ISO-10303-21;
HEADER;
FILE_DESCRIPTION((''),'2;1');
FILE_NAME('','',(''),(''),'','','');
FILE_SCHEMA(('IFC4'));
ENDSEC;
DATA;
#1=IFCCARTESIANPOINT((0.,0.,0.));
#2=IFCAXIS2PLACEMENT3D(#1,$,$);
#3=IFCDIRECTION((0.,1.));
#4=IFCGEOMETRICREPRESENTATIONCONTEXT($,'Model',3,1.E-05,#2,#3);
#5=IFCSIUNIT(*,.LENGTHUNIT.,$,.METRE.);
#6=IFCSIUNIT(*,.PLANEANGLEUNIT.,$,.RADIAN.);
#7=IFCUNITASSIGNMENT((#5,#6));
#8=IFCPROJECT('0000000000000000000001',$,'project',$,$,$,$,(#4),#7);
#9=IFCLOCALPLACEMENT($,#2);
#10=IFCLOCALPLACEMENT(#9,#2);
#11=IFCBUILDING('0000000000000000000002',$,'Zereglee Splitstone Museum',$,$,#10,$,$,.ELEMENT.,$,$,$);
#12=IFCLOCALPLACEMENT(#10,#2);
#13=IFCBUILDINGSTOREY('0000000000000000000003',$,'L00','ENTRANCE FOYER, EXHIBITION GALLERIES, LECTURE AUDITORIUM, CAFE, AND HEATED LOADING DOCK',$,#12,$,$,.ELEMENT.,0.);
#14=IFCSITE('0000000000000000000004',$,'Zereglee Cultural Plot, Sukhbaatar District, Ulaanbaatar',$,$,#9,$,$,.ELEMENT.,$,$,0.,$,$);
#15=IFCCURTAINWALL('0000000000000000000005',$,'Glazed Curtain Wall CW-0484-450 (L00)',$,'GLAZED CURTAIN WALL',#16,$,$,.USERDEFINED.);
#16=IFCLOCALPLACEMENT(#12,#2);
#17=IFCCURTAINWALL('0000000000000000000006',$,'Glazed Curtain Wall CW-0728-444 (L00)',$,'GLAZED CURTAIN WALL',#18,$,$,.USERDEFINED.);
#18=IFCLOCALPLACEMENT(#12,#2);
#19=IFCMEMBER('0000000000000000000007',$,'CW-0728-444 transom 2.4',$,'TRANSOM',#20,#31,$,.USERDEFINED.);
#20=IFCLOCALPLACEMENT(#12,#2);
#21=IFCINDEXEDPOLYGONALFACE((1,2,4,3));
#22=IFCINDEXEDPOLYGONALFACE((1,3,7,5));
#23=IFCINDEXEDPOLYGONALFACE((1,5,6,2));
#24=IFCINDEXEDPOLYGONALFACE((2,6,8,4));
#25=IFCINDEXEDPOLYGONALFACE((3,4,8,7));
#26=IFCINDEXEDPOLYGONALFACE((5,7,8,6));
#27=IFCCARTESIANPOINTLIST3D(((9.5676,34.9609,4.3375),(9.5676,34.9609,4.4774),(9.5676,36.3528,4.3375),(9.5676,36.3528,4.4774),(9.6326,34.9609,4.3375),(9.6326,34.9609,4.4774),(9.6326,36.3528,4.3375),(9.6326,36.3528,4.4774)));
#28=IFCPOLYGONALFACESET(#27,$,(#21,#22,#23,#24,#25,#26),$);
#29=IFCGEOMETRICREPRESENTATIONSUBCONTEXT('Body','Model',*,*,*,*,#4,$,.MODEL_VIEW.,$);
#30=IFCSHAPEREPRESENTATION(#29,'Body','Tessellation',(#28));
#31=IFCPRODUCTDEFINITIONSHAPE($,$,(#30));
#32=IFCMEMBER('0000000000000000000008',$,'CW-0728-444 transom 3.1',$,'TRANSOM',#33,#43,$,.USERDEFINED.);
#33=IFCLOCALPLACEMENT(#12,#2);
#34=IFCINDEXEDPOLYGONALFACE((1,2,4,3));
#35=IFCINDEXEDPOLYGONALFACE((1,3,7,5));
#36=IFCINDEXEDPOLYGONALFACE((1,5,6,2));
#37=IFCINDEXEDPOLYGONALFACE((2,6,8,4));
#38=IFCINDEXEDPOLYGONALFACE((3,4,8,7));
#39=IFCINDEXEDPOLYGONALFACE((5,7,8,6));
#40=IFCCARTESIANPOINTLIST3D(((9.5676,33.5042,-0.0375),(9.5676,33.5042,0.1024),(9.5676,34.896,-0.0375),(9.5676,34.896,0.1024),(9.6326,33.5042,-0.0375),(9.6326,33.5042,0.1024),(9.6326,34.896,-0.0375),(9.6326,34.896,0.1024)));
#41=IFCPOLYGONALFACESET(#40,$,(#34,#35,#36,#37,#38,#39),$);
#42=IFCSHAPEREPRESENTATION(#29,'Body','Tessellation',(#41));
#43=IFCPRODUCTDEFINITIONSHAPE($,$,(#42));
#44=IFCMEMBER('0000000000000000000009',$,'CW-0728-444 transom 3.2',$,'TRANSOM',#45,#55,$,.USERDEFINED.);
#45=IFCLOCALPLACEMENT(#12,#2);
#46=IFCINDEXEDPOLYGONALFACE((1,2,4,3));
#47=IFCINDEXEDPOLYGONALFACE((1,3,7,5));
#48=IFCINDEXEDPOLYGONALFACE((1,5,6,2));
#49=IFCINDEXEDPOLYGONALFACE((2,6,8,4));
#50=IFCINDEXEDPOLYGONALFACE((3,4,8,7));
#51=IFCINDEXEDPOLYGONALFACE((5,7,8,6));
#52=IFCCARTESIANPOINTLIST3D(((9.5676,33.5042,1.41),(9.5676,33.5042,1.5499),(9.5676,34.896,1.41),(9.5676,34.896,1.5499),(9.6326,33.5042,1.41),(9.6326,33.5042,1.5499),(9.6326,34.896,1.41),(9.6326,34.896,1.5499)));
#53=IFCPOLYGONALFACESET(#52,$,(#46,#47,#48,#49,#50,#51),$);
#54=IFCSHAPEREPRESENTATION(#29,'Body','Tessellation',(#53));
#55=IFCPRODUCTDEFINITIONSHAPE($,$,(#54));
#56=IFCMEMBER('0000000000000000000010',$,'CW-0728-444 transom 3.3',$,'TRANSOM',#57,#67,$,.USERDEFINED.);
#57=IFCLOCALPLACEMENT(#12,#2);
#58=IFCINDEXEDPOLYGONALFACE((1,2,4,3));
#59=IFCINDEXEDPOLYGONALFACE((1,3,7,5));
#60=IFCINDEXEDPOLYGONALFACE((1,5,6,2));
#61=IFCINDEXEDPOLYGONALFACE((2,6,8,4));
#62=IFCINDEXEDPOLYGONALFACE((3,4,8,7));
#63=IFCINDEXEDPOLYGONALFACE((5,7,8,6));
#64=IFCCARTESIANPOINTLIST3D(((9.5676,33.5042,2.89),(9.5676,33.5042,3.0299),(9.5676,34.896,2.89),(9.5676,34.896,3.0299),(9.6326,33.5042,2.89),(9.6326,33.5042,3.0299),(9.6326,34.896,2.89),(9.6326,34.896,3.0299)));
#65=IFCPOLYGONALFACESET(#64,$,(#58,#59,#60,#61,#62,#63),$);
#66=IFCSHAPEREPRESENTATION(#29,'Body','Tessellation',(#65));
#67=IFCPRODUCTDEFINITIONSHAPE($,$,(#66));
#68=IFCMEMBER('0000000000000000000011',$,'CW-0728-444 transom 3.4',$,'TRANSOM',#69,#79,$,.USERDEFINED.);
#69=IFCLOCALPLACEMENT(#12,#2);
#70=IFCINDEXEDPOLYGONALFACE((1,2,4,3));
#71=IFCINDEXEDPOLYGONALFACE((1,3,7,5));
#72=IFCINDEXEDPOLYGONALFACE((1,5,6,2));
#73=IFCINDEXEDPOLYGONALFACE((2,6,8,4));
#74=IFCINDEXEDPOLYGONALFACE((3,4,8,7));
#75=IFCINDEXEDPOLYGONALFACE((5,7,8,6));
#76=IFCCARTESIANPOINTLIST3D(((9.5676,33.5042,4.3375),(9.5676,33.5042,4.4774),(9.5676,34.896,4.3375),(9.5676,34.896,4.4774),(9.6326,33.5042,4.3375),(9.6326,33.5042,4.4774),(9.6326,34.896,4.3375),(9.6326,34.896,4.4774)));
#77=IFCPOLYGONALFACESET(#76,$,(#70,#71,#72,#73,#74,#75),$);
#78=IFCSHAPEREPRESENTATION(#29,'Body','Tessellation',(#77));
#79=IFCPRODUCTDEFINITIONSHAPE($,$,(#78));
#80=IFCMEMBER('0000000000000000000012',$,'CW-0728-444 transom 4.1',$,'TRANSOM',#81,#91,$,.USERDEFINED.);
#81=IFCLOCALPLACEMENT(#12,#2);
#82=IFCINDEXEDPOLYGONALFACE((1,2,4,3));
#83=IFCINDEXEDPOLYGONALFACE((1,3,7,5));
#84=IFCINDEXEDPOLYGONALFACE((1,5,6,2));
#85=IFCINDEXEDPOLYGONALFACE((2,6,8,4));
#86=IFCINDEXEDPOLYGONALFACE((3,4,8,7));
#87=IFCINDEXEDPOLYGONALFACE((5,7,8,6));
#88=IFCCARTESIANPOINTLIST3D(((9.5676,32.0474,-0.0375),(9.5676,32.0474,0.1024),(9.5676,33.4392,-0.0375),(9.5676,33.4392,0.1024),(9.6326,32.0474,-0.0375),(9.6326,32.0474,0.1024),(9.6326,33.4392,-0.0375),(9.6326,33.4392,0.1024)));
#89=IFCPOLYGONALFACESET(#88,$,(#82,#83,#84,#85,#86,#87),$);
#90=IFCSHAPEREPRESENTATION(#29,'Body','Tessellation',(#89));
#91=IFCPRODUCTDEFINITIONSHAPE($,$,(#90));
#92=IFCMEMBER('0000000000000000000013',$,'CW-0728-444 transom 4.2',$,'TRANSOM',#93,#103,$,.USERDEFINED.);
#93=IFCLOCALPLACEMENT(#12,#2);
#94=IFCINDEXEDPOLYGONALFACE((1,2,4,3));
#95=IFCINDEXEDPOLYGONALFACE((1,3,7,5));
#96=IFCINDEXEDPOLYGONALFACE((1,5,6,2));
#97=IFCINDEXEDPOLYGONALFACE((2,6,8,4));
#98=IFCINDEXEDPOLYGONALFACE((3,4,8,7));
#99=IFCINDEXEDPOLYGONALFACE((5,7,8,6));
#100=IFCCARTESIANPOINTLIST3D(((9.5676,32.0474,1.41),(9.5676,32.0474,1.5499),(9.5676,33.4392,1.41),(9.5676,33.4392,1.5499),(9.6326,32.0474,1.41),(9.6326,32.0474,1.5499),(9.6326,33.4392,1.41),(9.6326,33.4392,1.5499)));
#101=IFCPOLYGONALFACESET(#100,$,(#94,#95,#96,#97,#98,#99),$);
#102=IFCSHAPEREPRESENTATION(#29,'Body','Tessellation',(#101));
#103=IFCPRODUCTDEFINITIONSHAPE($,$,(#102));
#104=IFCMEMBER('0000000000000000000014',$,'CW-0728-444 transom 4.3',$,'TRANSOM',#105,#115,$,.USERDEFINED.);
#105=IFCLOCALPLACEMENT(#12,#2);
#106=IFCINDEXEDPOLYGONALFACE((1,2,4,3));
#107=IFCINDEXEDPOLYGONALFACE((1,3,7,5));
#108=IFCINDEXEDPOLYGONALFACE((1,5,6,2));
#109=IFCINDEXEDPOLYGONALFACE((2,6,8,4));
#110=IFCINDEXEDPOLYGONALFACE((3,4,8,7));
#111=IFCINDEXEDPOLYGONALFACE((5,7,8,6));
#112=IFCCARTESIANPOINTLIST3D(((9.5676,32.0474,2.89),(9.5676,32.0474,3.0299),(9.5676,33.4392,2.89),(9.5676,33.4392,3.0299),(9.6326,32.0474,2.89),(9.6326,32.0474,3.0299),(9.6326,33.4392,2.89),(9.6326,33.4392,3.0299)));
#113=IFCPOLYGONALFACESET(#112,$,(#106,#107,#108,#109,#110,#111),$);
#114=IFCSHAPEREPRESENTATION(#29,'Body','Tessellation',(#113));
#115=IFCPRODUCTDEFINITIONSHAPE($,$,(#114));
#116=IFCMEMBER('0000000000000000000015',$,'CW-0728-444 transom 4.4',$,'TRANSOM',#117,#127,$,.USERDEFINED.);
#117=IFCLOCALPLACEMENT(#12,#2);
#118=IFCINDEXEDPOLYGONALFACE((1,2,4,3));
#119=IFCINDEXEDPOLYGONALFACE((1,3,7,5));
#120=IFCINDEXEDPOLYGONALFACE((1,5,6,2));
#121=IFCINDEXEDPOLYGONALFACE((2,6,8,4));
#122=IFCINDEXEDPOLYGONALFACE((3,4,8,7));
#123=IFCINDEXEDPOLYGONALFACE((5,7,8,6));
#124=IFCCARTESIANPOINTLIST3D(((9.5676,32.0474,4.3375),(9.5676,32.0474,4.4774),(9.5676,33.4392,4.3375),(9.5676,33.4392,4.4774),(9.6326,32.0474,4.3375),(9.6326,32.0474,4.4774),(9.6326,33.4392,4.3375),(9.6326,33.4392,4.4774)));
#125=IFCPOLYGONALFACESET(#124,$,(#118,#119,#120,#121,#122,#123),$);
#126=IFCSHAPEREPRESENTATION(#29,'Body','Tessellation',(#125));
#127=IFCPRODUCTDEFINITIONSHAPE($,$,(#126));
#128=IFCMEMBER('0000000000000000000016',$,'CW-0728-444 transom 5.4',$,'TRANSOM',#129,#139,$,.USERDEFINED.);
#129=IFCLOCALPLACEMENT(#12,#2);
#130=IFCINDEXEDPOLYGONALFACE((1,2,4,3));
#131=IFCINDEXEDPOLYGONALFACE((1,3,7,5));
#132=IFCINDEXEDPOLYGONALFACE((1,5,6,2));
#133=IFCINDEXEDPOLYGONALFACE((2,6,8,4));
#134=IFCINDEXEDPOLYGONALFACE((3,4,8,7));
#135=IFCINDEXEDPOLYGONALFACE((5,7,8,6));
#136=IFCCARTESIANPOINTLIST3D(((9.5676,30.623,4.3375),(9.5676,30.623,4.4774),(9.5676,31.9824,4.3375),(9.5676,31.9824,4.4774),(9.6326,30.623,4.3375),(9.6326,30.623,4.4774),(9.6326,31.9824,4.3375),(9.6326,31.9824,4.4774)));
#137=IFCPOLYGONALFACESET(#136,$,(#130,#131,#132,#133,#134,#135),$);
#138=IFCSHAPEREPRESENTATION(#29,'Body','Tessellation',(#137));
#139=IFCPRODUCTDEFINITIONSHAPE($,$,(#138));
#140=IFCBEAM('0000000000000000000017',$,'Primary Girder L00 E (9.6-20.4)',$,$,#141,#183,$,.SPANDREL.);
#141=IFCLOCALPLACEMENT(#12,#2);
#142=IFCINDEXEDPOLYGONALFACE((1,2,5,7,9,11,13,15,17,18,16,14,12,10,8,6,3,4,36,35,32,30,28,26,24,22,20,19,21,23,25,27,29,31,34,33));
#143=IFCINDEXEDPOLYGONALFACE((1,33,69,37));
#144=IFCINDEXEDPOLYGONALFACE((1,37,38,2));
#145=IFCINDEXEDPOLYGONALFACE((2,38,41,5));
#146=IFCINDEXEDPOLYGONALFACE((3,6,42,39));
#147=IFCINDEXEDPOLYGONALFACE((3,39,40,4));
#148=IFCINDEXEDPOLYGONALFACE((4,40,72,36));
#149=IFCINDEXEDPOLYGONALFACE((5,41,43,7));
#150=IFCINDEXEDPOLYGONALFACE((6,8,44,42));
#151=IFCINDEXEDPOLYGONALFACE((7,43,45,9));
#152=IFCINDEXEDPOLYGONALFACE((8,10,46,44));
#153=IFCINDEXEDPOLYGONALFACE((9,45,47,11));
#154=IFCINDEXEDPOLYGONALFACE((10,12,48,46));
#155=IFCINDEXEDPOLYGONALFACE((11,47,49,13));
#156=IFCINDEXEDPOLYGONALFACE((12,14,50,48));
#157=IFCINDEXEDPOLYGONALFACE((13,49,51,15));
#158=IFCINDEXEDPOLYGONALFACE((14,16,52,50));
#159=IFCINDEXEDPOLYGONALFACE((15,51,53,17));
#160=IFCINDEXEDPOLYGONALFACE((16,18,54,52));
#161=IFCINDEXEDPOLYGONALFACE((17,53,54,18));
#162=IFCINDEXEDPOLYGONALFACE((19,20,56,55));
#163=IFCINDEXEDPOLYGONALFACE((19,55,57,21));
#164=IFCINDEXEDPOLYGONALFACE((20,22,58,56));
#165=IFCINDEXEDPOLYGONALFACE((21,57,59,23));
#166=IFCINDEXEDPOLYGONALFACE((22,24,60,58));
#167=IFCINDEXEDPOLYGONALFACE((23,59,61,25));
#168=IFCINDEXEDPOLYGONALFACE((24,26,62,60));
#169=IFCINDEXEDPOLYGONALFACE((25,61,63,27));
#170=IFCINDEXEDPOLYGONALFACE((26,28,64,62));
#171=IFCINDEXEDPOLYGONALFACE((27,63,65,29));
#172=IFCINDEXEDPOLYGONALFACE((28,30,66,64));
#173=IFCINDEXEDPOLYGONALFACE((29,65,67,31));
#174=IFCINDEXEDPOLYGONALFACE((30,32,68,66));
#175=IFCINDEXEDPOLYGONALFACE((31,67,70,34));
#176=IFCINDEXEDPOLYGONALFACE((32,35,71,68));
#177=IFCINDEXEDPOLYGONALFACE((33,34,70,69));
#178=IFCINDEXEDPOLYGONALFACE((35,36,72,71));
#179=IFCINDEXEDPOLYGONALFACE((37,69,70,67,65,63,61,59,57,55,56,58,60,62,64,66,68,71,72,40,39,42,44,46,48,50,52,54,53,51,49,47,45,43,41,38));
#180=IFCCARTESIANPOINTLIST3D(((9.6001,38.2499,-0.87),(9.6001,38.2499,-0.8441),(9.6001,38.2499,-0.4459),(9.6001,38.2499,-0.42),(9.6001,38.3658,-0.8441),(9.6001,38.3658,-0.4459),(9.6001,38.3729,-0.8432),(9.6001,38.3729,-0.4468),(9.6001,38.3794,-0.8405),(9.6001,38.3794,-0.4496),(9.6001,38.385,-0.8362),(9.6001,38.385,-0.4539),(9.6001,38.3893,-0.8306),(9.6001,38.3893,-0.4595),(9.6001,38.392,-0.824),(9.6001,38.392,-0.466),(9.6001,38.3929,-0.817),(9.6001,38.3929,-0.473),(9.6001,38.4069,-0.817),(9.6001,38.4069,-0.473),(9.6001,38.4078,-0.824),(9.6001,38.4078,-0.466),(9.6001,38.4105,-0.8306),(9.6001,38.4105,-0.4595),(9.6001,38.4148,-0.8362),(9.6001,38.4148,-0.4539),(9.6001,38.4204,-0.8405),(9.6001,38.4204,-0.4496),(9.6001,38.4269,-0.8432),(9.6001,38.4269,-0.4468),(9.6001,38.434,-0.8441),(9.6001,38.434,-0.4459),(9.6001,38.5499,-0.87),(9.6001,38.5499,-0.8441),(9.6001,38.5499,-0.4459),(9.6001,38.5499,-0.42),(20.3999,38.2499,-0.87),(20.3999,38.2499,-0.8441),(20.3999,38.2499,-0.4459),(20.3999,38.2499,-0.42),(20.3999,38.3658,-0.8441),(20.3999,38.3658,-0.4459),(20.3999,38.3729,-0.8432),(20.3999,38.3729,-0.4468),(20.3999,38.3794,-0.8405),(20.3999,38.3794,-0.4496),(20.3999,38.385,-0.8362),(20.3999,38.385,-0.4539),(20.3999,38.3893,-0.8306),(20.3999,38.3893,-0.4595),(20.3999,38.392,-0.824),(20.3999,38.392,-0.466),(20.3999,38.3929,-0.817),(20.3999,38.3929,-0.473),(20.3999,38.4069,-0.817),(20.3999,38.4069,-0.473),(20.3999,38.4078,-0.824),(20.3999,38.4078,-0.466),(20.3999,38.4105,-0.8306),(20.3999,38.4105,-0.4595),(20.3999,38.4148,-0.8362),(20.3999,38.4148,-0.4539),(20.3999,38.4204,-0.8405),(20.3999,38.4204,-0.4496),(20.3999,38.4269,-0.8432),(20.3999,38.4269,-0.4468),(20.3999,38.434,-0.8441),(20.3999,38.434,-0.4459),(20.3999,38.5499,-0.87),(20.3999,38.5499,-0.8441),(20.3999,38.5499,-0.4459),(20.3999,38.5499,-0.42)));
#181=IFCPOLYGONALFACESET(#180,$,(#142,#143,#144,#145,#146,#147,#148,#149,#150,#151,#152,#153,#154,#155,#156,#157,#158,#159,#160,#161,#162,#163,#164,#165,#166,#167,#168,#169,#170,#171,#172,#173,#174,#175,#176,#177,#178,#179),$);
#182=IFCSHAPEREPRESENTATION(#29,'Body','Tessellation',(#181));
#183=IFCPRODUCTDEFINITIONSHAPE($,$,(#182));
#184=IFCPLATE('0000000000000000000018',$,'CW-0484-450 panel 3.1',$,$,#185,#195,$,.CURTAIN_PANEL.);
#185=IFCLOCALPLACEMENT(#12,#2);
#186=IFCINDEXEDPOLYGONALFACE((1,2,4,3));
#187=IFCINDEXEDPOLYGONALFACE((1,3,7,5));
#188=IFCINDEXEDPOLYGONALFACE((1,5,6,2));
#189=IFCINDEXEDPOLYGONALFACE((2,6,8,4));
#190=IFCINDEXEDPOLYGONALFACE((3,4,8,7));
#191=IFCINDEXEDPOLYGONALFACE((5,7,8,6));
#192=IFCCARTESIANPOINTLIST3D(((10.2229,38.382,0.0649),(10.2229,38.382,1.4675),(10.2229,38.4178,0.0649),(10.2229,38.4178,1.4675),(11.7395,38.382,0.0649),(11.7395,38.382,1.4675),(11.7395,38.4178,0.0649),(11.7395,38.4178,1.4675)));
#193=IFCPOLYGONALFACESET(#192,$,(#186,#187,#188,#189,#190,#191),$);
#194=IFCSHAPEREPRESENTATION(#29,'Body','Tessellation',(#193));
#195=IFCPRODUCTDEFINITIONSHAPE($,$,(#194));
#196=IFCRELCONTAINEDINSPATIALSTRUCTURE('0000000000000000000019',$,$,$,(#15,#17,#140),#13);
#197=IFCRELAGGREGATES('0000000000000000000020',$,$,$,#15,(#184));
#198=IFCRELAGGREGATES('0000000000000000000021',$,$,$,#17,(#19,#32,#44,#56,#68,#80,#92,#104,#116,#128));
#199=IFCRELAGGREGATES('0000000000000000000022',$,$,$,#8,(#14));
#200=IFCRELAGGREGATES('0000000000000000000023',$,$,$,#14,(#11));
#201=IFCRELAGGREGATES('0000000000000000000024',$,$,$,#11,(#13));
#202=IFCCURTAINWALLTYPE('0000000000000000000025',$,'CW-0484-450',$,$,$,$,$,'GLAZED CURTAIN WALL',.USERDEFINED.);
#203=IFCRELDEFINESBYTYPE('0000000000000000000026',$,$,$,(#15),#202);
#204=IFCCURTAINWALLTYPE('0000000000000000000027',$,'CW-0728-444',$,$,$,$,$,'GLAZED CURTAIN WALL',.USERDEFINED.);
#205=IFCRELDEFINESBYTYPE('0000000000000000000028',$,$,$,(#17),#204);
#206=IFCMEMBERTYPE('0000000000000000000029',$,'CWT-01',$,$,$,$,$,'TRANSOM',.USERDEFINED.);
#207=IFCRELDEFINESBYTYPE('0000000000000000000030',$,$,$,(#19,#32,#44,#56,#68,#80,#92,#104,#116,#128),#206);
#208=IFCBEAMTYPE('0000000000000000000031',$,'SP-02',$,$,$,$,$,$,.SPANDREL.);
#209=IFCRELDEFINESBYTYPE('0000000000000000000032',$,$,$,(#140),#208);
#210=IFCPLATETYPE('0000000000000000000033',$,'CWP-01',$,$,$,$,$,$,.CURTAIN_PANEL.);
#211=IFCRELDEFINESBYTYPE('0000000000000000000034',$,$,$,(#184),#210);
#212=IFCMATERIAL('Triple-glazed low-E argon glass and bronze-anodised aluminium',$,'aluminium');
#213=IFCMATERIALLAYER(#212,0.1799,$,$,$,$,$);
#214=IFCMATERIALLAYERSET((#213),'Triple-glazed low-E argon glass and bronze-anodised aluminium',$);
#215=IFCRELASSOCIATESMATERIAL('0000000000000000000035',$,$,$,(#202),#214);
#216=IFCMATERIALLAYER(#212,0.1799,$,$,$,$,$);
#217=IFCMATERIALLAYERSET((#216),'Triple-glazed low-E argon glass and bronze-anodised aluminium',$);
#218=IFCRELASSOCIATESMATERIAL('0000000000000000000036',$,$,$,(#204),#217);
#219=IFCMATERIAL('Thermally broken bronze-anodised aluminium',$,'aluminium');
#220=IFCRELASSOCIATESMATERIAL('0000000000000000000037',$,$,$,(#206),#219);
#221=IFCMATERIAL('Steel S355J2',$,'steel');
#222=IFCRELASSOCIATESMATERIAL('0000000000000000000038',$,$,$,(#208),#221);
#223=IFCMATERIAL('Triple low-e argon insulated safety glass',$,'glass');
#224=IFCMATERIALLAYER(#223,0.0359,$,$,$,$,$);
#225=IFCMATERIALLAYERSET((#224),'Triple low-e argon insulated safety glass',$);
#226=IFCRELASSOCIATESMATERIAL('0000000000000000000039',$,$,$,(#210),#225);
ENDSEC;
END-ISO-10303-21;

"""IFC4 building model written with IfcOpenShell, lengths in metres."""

from ifc_helpers import new_model, si_unit, direction, frame, origin, origin_2d, place, context, subcontext, project, spatial, rectangle, i_section, extrude, material, layer, layer_set, material_profile, profile_set, type_object, element, aggregate, save


model = new_model("IFC4")

# Units and contexts
model_context = context("Model", 3, precision=1e-05, world=origin(), true_north=direction((0.0, 1.0)))
body_context = subcontext(model_context, "Body", "Model", "MODEL_VIEW")
ifc_project = project(units=[si_unit("LENGTHUNIT", "METRE"), si_unit("PLANEANGLEUNIT", "RADIAN")], contexts=[model_context])

# Site, building, storey
site_placement = place(None, origin())
site = spatial("IfcSite", under=ifc_project, at=site_placement, Name="Zereglee Cultural Plot, Sukhbaatar District, Ulaanbaatar", CompositionType="ELEMENT", RefElevation=0.0)
building_placement = place(site_placement, origin())
building = spatial("IfcBuilding", under=site, at=building_placement, Name="Zereglee Splitstone Museum", CompositionType="ELEMENT")
storey_placement = place(building_placement, origin())
storey = spatial("IfcBuildingStorey", under=building, at=storey_placement, Name="L00", Description="ENTRANCE FOYER, EXHIBITION GALLERIES, LECTURE AUDITORIUM, CAFE, AND HEATED LOADING DOCK", CompositionType="ELEMENT", Elevation=0.0)

# Curtain wall
ifc_material_1 = material(Name="Triple-glazed low-E argon glass and bronze-anodised aluminium", Category="aluminium")
ifc_layer_1 = layer(ifc_material_1, 0.1799)
ifc_layer_set_1 = layer_set([ifc_layer_1], Name="Triple-glazed low-E argon glass and bronze-anodised aluminium")
curtain_wall_type_1 = type_object("IfcCurtainWallType", Name="CW-0484-450", ElementType="GLAZED CURTAIN WALL", PredefinedType="USERDEFINED", material=ifc_layer_set_1)
curtain_wall_1_placement = place(storey_placement, origin())
curtain_wall_1 = element("IfcCurtainWall", 1, at=curtain_wall_1_placement, inside=storey, type_object=curtain_wall_type_1, Name="Glazed Curtain Wall CW-0484-450 (L00)", ObjectType="GLAZED CURTAIN WALL", PredefinedType="USERDEFINED")
ifc_material_2 = material(Name="Thermally broken bronze-anodised aluminium", Category="aluminium")

# Curtain wall, members
ifc_layer_2 = layer(ifc_material_1, 0.1799)
ifc_layer_set_2 = layer_set([ifc_layer_2], Name="Triple-glazed low-E argon glass and bronze-anodised aluminium")
curtain_wall_type_2 = type_object("IfcCurtainWallType", Name="CW-0728-444", ElementType="GLAZED CURTAIN WALL", PredefinedType="USERDEFINED", material=ifc_layer_set_2)
curtain_wall_2_placement = place(storey_placement, origin())
curtain_wall_2 = element("IfcCurtainWall", 2, at=curtain_wall_2_placement, inside=storey, type_object=curtain_wall_type_2, Name="Glazed Curtain Wall CW-0728-444 (L00)", ObjectType="GLAZED CURTAIN WALL", PredefinedType="USERDEFINED")
ifc_material_profile_1 = material_profile(ifc_material_2, rectangle(XDim=0.0649, YDim=0.1399, at=origin_2d()), Name="CW TRAN 65x140")
ifc_profile_set_1 = profile_set([ifc_material_profile_1], Name="Thermally broken bronze-anodised aluminium")
member_type_1 = type_object("IfcMemberType", Name="CWT-01", ElementType="TRANSOM", PredefinedType="USERDEFINED", material=ifc_profile_set_1)
member_1_placement = place(storey_placement, frame((9.6001, 36.3528, 4.4075), z_axis=(0.0, -1.0, 0.0), x_axis=(1.0, 0.0, 0.0)))
member_1 = element("IfcMember", 3, at=member_1_placement, type_object=member_type_1, Name="CW-0728-444 transom 2.4", ObjectType="TRANSOM", PredefinedType="USERDEFINED", context=body_context, shape_type="SweptSolid", body=[
    extrude(rectangle(XDim=0.0649, YDim=0.1399, at=origin_2d()), origin(), (0.0, 0.0, 1.0), 1.3918),
])
member_2_placement = place(storey_placement, frame((9.6001, 34.896, 0.0325), z_axis=(0.0, -1.0, 0.0), x_axis=(1.0, 0.0, 0.0)))
member_2 = element("IfcMember", 4, at=member_2_placement, type_object=member_type_1, Name="CW-0728-444 transom 3.1", ObjectType="TRANSOM", PredefinedType="USERDEFINED", context=body_context, shape_type="SweptSolid", body=[
    extrude(rectangle(XDim=0.0649, YDim=0.1399, at=origin_2d()), origin(), (0.0, 0.0, 1.0), 1.3918),
])
member_3_placement = place(storey_placement, frame((9.6001, 34.896, 1.48), z_axis=(0.0, -1.0, 0.0), x_axis=(1.0, 0.0, 0.0)))
member_3 = element("IfcMember", 5, at=member_3_placement, type_object=member_type_1, Name="CW-0728-444 transom 3.2", ObjectType="TRANSOM", PredefinedType="USERDEFINED", context=body_context, shape_type="SweptSolid", body=[
    extrude(rectangle(XDim=0.0649, YDim=0.1399, at=origin_2d()), origin(), (0.0, 0.0, 1.0), 1.3918),
])
member_4_placement = place(storey_placement, frame((9.6001, 34.896, 2.96), z_axis=(0.0, -1.0, 0.0), x_axis=(1.0, 0.0, 0.0)))
member_4 = element("IfcMember", 6, at=member_4_placement, type_object=member_type_1, Name="CW-0728-444 transom 3.3", ObjectType="TRANSOM", PredefinedType="USERDEFINED", context=body_context, shape_type="SweptSolid", body=[
    extrude(rectangle(XDim=0.0649, YDim=0.1399, at=origin_2d()), origin(), (0.0, 0.0, 1.0), 1.3918),
])
member_5_placement = place(storey_placement, frame((9.6001, 34.896, 4.4075), z_axis=(0.0, -1.0, 0.0), x_axis=(1.0, 0.0, 0.0)))
member_5 = element("IfcMember", 7, at=member_5_placement, type_object=member_type_1, Name="CW-0728-444 transom 3.4", ObjectType="TRANSOM", PredefinedType="USERDEFINED", context=body_context, shape_type="SweptSolid", body=[
    extrude(rectangle(XDim=0.0649, YDim=0.1399, at=origin_2d()), origin(), (0.0, 0.0, 1.0), 1.3918),
])
member_6_placement = place(storey_placement, frame((9.6001, 33.4392, 0.0325), z_axis=(0.0, -1.0, 0.0), x_axis=(1.0, 0.0, 0.0)))
member_6 = element("IfcMember", 8, at=member_6_placement, type_object=member_type_1, Name="CW-0728-444 transom 4.1", ObjectType="TRANSOM", PredefinedType="USERDEFINED", context=body_context, shape_type="SweptSolid", body=[
    extrude(rectangle(XDim=0.0649, YDim=0.1399, at=origin_2d()), origin(), (0.0, 0.0, 1.0), 1.3918),
])
member_7_placement = place(storey_placement, frame((9.6001, 33.4392, 1.48), z_axis=(0.0, -1.0, 0.0), x_axis=(1.0, 0.0, 0.0)))
member_7 = element("IfcMember", 9, at=member_7_placement, type_object=member_type_1, Name="CW-0728-444 transom 4.2", ObjectType="TRANSOM", PredefinedType="USERDEFINED", context=body_context, shape_type="SweptSolid", body=[
    extrude(rectangle(XDim=0.0649, YDim=0.1399, at=origin_2d()), origin(), (0.0, 0.0, 1.0), 1.3918),
])
member_8_placement = place(storey_placement, frame((9.6001, 33.4392, 2.96), z_axis=(0.0, -1.0, 0.0), x_axis=(1.0, 0.0, 0.0)))
member_8 = element("IfcMember", 10, at=member_8_placement, type_object=member_type_1, Name="CW-0728-444 transom 4.3", ObjectType="TRANSOM", PredefinedType="USERDEFINED", context=body_context, shape_type="SweptSolid", body=[
    extrude(rectangle(XDim=0.0649, YDim=0.1399, at=origin_2d()), origin(), (0.0, 0.0, 1.0), 1.3918),
])
member_9_placement = place(storey_placement, frame((9.6001, 33.4392, 4.4075), z_axis=(0.0, -1.0, 0.0), x_axis=(1.0, 0.0, 0.0)))
member_9 = element("IfcMember", 11, at=member_9_placement, type_object=member_type_1, Name="CW-0728-444 transom 4.4", ObjectType="TRANSOM", PredefinedType="USERDEFINED", context=body_context, shape_type="SweptSolid", body=[
    extrude(rectangle(XDim=0.0649, YDim=0.1399, at=origin_2d()), origin(), (0.0, 0.0, 1.0), 1.3918),
])
member_10_placement = place(storey_placement, frame((9.6001, 31.9824, 4.4075), z_axis=(0.0, -1.0, 0.0), x_axis=(1.0, 0.0, 0.0)))
member_10 = element("IfcMember", 12, at=member_10_placement, type_object=member_type_1, Name="CW-0728-444 transom 5.4", ObjectType="TRANSOM", PredefinedType="USERDEFINED", context=body_context, shape_type="SweptSolid", body=[
    extrude(rectangle(XDim=0.0649, YDim=0.1399, at=origin_2d()), origin(), (0.0, 0.0, 1.0), 1.3594),
])

# Beam
ifc_material_3 = material(Name="Steel S355J2", Category="steel")
ifc_material_profile_2 = material_profile(ifc_material_3, i_section(OverallWidth=0.3, OverallDepth=0.45, WebThickness=0.0139, FlangeThickness=0.0259, FilletRadius=0.0271, at=origin_2d()), Name="HE 450 B")
ifc_profile_set_2 = profile_set([ifc_material_profile_2], Name="Steel S355J2")
beam_type = type_object("IfcBeamType", Name="SP-02", PredefinedType="SPANDREL", material=ifc_profile_set_2)
beam_placement = place(storey_placement, frame((9.6001, 38.3999, -0.645), z_axis=(1.0, 0.0, 0.0), x_axis=(0.0, 1.0, 0.0)))
element("IfcBeam", 13, at=beam_placement, inside=storey, type_object=beam_type, Name="Primary Girder L00 E (9.6-20.4)", PredefinedType="SPANDREL", context=body_context, shape_type="SweptSolid", body=[
    extrude(i_section(OverallWidth=0.3, OverallDepth=0.45, WebThickness=0.0139, FlangeThickness=0.0259, FilletRadius=0.0271, at=origin_2d()), origin(), (0.0, 0.0, 1.0), 10.7998),
])

# Plate
ifc_material_4 = material(Name="Triple low-e argon insulated safety glass", Category="glass")
ifc_layer_3 = layer(ifc_material_4, 0.0359)
ifc_layer_set_3 = layer_set([ifc_layer_3], Name="Triple low-e argon insulated safety glass")
plate_type = type_object("IfcPlateType", Name="CWP-01", PredefinedType="CURTAIN_PANEL", material=ifc_layer_set_3)
plate_1_placement = place(storey_placement, frame((10.9812, 38.3999, 0.0649), z_axis=(0.0, 0.0, 1.0), x_axis=(-1.0, 0.0, 0.0)))
plate_1 = element("IfcPlate", 14, at=plate_1_placement, type_object=plate_type, Name="CW-0484-450 panel 3.1", PredefinedType="CURTAIN_PANEL", context=body_context, shape_type="SweptSolid", body=[
    extrude(rectangle(XDim=1.5166, YDim=0.0359, at=origin_2d()), origin(), (0.0, 0.0, 1.0), 1.4026),
])
aggregate(curtain_wall_1, [plate_1])
aggregate(curtain_wall_2, [member_1, member_2, member_3, member_4, member_5, member_6, member_7, member_8, member_9, member_10])

save(model, "model.ifc")
